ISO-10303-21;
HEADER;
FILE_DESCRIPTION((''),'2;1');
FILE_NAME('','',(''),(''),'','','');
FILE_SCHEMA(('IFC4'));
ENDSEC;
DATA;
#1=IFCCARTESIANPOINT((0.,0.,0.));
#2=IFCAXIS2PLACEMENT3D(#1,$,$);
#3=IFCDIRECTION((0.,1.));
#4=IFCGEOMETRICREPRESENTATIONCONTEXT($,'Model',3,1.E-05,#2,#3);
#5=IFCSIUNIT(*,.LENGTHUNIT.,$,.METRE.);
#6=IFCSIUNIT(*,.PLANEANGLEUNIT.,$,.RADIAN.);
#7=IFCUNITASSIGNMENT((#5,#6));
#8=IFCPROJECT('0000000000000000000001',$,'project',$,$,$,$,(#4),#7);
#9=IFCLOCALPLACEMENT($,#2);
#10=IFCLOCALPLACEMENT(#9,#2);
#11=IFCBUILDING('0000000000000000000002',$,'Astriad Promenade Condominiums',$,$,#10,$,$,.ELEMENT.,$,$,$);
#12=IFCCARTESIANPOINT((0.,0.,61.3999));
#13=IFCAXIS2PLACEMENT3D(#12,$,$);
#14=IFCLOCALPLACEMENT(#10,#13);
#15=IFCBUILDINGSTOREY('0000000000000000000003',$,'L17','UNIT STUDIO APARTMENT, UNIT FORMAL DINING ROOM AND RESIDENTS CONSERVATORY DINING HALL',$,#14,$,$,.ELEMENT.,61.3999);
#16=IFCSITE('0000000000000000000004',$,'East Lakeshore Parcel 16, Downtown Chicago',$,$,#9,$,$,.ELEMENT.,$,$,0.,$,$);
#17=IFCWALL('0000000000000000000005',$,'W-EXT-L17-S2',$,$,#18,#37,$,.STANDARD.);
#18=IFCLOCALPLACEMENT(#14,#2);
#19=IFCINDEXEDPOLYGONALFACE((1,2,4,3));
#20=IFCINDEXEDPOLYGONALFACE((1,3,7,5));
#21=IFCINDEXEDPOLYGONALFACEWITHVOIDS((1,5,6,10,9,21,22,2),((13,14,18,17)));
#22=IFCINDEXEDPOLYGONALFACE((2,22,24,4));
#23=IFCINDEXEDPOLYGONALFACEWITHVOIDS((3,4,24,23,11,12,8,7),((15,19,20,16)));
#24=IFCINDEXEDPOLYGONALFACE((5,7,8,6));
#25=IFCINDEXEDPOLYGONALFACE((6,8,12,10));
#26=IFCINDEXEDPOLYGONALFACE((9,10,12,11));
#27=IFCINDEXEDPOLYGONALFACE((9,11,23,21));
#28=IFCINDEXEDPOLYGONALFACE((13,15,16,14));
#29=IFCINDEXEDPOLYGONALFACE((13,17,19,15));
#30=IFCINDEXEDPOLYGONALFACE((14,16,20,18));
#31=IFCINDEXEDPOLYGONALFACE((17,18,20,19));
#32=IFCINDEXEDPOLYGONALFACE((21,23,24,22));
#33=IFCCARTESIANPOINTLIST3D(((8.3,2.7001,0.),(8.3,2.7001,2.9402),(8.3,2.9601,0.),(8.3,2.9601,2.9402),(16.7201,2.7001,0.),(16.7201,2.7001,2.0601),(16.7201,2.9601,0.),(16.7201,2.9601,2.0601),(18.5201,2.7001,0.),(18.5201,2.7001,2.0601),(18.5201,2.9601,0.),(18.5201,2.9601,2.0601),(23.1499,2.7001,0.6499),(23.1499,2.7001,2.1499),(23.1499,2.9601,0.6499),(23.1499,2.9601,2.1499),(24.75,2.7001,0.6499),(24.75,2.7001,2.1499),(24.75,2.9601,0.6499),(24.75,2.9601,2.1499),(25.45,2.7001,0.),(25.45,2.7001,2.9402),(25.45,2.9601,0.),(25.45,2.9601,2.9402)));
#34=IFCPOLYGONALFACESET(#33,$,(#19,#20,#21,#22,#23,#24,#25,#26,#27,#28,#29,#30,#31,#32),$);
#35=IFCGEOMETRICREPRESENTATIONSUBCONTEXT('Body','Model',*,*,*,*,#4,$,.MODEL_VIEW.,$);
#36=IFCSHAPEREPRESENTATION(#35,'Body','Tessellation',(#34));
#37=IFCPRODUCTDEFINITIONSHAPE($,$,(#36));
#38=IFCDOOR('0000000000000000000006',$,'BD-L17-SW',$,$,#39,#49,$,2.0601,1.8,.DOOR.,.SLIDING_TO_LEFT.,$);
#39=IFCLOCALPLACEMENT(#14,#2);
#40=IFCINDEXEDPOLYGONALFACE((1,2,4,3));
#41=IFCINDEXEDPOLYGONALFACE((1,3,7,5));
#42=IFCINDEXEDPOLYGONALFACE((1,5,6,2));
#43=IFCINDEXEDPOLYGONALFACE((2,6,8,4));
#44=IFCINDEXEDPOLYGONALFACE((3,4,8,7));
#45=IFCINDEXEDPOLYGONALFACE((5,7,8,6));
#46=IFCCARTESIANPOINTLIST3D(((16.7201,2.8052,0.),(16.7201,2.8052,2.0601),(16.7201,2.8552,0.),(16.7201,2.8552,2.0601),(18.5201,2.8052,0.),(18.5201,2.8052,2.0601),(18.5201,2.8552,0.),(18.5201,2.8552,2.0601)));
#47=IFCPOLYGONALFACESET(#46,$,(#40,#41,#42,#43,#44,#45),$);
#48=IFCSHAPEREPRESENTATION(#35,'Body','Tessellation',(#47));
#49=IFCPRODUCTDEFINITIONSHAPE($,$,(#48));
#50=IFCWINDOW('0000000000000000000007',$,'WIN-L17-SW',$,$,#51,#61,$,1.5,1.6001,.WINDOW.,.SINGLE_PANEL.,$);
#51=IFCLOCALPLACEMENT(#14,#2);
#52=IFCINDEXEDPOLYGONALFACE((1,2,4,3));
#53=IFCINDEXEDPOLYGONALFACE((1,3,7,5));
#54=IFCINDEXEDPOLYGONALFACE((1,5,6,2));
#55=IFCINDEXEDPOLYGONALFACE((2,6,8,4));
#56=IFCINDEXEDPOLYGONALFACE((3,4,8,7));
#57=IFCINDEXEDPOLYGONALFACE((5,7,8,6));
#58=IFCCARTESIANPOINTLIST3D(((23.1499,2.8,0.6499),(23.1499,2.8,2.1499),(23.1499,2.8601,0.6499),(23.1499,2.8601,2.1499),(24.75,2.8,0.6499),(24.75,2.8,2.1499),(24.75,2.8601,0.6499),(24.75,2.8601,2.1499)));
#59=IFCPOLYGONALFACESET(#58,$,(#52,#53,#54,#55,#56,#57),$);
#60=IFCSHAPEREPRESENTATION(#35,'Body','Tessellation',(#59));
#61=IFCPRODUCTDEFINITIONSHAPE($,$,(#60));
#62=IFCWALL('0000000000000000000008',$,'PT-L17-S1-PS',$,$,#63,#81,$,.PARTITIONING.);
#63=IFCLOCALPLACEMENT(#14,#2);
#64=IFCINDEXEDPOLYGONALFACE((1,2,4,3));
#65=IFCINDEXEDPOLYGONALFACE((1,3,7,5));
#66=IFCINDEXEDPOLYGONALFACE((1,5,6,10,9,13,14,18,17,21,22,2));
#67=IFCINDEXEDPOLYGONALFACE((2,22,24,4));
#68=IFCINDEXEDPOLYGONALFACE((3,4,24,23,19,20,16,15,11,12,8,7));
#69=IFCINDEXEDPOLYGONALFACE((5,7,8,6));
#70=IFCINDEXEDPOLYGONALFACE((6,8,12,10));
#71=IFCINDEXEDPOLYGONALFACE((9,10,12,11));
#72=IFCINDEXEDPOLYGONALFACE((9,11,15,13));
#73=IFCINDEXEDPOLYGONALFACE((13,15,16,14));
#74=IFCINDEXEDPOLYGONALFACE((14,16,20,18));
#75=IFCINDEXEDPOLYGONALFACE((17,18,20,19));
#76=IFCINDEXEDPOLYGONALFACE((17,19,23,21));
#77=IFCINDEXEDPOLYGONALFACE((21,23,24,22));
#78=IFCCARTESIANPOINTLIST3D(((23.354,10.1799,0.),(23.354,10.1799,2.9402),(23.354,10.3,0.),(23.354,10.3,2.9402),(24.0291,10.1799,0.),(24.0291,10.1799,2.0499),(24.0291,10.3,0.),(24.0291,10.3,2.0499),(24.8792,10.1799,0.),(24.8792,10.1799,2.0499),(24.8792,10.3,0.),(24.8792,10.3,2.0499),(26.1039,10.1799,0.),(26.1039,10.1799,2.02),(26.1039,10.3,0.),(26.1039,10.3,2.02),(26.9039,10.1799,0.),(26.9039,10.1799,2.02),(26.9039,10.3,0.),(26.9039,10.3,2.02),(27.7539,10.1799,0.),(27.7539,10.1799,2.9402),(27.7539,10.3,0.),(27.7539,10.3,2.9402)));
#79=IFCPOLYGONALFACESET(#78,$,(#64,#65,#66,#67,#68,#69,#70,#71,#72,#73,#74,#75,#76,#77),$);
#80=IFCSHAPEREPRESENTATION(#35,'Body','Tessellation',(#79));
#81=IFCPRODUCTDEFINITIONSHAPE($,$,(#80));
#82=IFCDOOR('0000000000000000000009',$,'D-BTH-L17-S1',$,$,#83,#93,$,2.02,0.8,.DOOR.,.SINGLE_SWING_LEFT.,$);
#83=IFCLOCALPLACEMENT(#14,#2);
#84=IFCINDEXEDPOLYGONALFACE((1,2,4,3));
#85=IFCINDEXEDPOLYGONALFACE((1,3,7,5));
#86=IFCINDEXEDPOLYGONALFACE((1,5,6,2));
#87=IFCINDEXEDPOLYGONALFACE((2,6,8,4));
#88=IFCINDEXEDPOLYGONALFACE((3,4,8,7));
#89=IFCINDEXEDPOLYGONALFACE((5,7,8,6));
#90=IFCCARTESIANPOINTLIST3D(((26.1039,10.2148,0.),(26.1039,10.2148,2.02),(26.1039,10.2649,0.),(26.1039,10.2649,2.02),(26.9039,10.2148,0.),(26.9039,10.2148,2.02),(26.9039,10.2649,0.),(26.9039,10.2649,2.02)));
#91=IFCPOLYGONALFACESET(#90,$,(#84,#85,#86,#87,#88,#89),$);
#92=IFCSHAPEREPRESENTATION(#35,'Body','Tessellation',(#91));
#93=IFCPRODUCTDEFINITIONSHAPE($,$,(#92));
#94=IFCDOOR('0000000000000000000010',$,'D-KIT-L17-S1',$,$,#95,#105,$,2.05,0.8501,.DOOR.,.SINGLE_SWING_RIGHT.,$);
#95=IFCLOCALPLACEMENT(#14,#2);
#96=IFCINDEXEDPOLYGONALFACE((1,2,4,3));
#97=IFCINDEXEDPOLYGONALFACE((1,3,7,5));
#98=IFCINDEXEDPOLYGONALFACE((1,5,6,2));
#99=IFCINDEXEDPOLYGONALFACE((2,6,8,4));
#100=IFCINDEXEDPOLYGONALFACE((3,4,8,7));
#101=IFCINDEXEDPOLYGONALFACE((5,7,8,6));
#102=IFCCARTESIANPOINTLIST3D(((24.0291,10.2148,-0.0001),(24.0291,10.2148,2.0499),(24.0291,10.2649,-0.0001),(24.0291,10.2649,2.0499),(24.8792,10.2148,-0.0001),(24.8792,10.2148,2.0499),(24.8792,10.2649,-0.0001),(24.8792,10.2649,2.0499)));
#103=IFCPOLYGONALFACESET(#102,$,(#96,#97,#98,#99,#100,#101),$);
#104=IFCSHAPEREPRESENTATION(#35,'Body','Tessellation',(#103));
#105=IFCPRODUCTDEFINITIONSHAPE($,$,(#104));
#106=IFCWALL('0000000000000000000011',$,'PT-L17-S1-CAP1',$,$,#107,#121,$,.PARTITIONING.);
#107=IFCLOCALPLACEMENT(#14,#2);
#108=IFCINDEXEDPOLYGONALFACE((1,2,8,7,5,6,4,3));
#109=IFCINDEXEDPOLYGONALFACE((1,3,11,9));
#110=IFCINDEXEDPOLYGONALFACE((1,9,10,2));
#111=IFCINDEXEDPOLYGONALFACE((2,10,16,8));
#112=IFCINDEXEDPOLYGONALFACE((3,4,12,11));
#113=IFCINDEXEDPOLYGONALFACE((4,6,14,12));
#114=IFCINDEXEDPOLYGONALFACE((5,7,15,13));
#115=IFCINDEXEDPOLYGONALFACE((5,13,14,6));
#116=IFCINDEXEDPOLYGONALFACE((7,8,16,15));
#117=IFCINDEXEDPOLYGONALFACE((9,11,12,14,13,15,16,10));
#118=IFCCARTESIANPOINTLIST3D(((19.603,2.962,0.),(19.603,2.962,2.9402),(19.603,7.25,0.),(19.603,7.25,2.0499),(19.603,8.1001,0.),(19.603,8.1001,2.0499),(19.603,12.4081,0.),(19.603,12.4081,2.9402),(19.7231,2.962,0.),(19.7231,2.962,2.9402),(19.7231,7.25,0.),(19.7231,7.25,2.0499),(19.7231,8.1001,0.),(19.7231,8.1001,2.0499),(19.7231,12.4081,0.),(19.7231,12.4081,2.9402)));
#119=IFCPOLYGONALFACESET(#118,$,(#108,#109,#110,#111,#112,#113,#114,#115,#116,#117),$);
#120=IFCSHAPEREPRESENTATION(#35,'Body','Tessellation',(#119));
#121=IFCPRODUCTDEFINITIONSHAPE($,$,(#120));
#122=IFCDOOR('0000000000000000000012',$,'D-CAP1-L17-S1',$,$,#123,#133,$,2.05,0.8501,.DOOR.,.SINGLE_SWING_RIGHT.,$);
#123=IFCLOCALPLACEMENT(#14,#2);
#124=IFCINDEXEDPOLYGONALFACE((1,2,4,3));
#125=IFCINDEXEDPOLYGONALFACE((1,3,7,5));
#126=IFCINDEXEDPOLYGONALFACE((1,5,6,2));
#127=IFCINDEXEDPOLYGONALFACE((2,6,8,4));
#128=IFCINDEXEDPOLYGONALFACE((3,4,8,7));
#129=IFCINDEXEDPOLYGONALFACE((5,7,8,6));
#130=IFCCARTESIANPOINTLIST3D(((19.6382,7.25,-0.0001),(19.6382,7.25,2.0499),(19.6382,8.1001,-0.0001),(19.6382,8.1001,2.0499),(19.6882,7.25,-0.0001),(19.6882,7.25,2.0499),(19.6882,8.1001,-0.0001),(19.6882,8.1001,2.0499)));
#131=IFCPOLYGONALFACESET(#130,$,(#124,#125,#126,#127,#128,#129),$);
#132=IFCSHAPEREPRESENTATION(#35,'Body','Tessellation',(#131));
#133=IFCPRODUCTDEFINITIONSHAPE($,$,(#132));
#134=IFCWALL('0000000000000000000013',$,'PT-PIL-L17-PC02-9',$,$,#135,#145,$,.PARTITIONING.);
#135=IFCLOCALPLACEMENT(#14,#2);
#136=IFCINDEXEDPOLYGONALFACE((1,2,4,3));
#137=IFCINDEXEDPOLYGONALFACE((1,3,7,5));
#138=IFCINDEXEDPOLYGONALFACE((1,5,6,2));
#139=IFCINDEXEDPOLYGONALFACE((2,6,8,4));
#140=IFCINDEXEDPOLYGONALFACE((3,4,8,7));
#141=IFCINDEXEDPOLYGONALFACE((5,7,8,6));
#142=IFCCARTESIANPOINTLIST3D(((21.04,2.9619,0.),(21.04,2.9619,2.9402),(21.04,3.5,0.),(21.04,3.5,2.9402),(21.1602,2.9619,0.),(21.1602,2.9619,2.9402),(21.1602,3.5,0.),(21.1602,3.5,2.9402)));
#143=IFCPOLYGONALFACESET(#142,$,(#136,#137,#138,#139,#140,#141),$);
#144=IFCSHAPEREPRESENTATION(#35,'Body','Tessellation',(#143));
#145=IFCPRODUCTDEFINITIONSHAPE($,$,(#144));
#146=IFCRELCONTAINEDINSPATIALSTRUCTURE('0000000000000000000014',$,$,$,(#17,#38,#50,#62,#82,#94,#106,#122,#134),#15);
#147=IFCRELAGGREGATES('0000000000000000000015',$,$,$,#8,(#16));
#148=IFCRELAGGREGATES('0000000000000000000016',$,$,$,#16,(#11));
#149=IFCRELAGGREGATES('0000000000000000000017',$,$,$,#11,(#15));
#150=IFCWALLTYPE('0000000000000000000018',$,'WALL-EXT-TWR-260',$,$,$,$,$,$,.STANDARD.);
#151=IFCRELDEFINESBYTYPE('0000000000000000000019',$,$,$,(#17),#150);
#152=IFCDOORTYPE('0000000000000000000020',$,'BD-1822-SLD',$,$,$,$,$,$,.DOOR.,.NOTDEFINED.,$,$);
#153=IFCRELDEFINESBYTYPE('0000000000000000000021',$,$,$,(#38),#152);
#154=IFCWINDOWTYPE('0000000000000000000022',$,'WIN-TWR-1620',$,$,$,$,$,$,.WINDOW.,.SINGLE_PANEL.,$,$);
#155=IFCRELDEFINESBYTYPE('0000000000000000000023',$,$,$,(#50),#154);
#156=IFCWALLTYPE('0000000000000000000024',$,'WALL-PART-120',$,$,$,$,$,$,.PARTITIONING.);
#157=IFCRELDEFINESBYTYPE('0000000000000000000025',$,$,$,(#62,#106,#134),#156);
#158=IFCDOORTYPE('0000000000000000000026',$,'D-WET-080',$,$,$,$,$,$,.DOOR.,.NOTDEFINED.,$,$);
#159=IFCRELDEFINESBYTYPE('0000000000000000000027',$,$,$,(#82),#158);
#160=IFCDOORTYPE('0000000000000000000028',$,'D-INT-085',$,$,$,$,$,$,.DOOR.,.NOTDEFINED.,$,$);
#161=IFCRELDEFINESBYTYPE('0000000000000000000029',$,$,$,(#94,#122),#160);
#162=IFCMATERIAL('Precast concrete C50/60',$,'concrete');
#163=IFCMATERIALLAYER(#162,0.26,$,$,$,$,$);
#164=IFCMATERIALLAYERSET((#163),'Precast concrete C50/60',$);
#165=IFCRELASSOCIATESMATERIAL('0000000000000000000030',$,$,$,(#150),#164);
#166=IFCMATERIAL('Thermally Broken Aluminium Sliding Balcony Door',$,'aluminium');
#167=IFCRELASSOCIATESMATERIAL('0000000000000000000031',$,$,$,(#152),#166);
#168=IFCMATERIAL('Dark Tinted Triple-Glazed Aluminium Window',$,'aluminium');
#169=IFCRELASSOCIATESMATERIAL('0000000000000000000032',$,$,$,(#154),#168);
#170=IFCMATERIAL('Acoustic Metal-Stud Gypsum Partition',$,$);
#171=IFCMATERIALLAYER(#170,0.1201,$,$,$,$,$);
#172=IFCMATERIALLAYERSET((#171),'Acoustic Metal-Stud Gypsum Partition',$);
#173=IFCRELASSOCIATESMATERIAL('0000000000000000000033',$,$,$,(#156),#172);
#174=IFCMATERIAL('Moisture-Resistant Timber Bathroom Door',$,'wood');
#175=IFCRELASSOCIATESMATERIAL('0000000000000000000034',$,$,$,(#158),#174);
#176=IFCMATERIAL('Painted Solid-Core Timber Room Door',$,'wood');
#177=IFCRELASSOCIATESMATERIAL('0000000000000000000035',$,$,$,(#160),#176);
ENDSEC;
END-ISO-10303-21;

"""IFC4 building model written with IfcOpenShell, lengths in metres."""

from ifc_helpers import new_model, si_unit, direction, frame, frame_2d, origin, place, context, subcontext, project, spatial, rectangle, extrude, source, transform, mapped, material, layer, layer_set, type_object, type_shapes, element, fill, save


model = new_model("IFC4")

# Units and contexts
model_context = context("Model", 3, precision=1e-05, world=origin(), true_north=direction((0.0, 1.0)))
body_context = subcontext(model_context, "Body", "Model", "MODEL_VIEW")
ifc_project = project(units=[si_unit("LENGTHUNIT", "METRE"), si_unit("PLANEANGLEUNIT", "RADIAN")], contexts=[model_context])

# Site, building, storey
site_placement = place(None, origin())
site = spatial("IfcSite", under=ifc_project, at=site_placement, Name="East Lakeshore Parcel 16, Downtown Chicago", CompositionType="ELEMENT", RefElevation=0.0)
building_placement = place(site_placement, origin())
building = spatial("IfcBuilding", under=site, at=building_placement, Name="Astriad Promenade Condominiums", CompositionType="ELEMENT")
storey_placement = place(building_placement, frame((0.0, 0.0, 61.3999)))
storey = spatial("IfcBuildingStorey", under=building, at=storey_placement, Name="L17", Description="UNIT STUDIO APARTMENT, UNIT FORMAL DINING ROOM AND RESIDENTS CONSERVATORY DINING HALL", CompositionType="ELEMENT", Elevation=61.3999)

# Wall, openings, door, window
ifc_material_1 = material(Name="Precast concrete C50/60", Category="concrete")
ifc_layer_1 = layer(ifc_material_1, 0.26)
ifc_layer_set_1 = layer_set([ifc_layer_1], Name="Precast concrete C50/60")
wall_type_1 = type_object("IfcWallType", Name="WALL-EXT-TWR-260", PredefinedType="STANDARD", material=ifc_layer_set_1)
wall_1_placement = place(storey_placement, frame((25.45, 2.8301, 0.0), z_axis=(0.0, 0.0, 1.0), x_axis=(-1.0, 0.0, 0.0)))
wall_1 = element("IfcWall", 1, at=wall_1_placement, inside=storey, type_object=wall_type_1, Name="W-EXT-L17-S2", PredefinedType="STANDARD", context=body_context, shape_type="SweptSolid", body=[
    extrude(rectangle(XDim=17.1499, YDim=0.26, at=frame_2d((8.575, 0.0))), origin(), (0.0, 0.0, 1.0), 2.9402),
])
opening_1_placement = place(wall_1_placement, frame((6.9299, 0.0, 0.0)))
opening_1 = element("IfcOpeningElement", 2, at=opening_1_placement, cuts=wall_1, PredefinedType="OPENING", context=body_context, shape_type="SweptSolid", body=[
    extrude(rectangle(XDim=1.8, YDim=2.0601, at=frame_2d((0.8999, 1.03))), frame((0.0, 0.1399, 0.0), z_axis=(0.0, -1.0, 0.0), x_axis=(1.0, 0.0, 0.0)), (0.0, 0.0, 1.0), 0.28),
])
opening_2_placement = place(wall_1_placement, frame((0.7, 0.0, 0.6499)))
opening_2 = element("IfcOpeningElement", 3, at=opening_2_placement, cuts=wall_1, PredefinedType="OPENING", context=body_context, shape_type="SweptSolid", body=[
    extrude(rectangle(XDim=1.6001, YDim=1.5, at=frame_2d((0.8, 0.75))), frame((0.0, 0.1399, 0.0), z_axis=(0.0, -1.0, 0.0), x_axis=(1.0, 0.0, 0.0)), (0.0, 0.0, 1.0), 0.28),
])
ifc_material_2 = material(Name="Thermally Broken Aluminium Sliding Balcony Door", Category="aluminium")
door_type_1 = type_object("IfcDoorType", Name="BD-1822-SLD", OperationType="NOTDEFINED", PredefinedType="DOOR", material=ifc_material_2)
shared_shape_1 = source(origin(), body_context, "Body", "SweptSolid", [
    extrude(rectangle(XDim=1.8, YDim=2.0601, at=frame_2d((0.8999, 1.03))), frame((0.0, 0.0249, 0.0), z_axis=(0.0, -1.0, 0.0), x_axis=(1.0, 0.0, 0.0)), (0.0, 0.0, 1.0), 0.05),
])
type_shapes(door_type_1, [shared_shape_1])
door_1_placement = place(opening_1_placement, origin())
door_1 = element("IfcDoor", 4, at=door_1_placement, inside=storey, type_object=door_type_1, Name="BD-L17-SW", OperationType="SLIDING_TO_LEFT", OverallHeight=2.0601, OverallWidth=1.8, PredefinedType="DOOR", context=body_context, shape_type="MappedRepresentation", body=[
    mapped(shared_shape_1, transform((0.0, 0.0, 0.0), scale=1.0)),
])
fill(opening_1, door_1)
ifc_material_3 = material(Name="Dark Tinted Triple-Glazed Aluminium Window", Category="aluminium")
window_type = type_object("IfcWindowType", Name="WIN-TWR-1620", PartitioningType="SINGLE_PANEL", PredefinedType="WINDOW", material=ifc_material_3)
shared_shape_2 = source(origin(), body_context, "Body", "SweptSolid", [
    extrude(rectangle(XDim=1.6001, YDim=1.5, at=frame_2d((0.8, 0.75))), frame((0.0, 0.03, 0.0), z_axis=(0.0, -1.0, 0.0), x_axis=(1.0, 0.0, 0.0)), (0.0, 0.0, 1.0), 0.0601),
])
type_shapes(window_type, [shared_shape_2])
window_placement = place(opening_2_placement, origin())
window = element("IfcWindow", 5, at=window_placement, inside=storey, type_object=window_type, Name="WIN-L17-SW", OverallHeight=1.5, OverallWidth=1.6001, PartitioningType="SINGLE_PANEL", PredefinedType="WINDOW", context=body_context, shape_type="MappedRepresentation", body=[
    mapped(shared_shape_2, transform((0.0, 0.0, 0.0), scale=1.0)),
])
fill(opening_2, window)

# Wall, openings, doors
ifc_material_4 = material(Name="Acoustic Metal-Stud Gypsum Partition")
ifc_layer_2 = layer(ifc_material_4, 0.1201)
ifc_layer_set_2 = layer_set([ifc_layer_2], Name="Acoustic Metal-Stud Gypsum Partition")
wall_type_2 = type_object("IfcWallType", Name="WALL-PART-120", PredefinedType="PARTITIONING", material=ifc_layer_set_2)
wall_2_placement = place(storey_placement, frame((23.354, 10.24, 0.0), z_axis=(0.0, 0.0, 1.0), x_axis=(1.0, 0.0, 0.0)))
wall_2 = element("IfcWall", 6, at=wall_2_placement, inside=storey, type_object=wall_type_2, Name="PT-L17-S1-PS", PredefinedType="PARTITIONING", context=body_context, shape_type="SweptSolid", body=[
    extrude(rectangle(XDim=4.3999, YDim=0.1201, at=frame_2d((2.2, 0.0))), origin(), (0.0, 0.0, 1.0), 2.9402),
])
opening_3_placement = place(wall_2_placement, frame((0.675, 0.0, 0.0)))
opening_3 = element("IfcOpeningElement", 7, at=opening_3_placement, cuts=wall_2, PredefinedType="OPENING", context=body_context, shape_type="SweptSolid", body=[
    extrude(rectangle(XDim=0.8501, YDim=2.05, at=frame_2d((0.425, 1.0249))), frame((0.0, 0.0701, 0.0), z_axis=(0.0, -1.0, 0.0), x_axis=(1.0, 0.0, 0.0)), (0.0, 0.0, 1.0), 0.1401),
])
opening_4_placement = place(wall_2_placement, frame((2.75, 0.0, 0.0)))
opening_4 = element("IfcOpeningElement", 8, at=opening_4_placement, cuts=wall_2, PredefinedType="OPENING", context=body_context, shape_type="SweptSolid", body=[
    extrude(rectangle(XDim=0.8, YDim=2.02, at=frame_2d((0.3999, 1.01))), frame((0.0, 0.0701, 0.0), z_axis=(0.0, -1.0, 0.0), x_axis=(1.0, 0.0, 0.0)), (0.0, 0.0, 1.0), 0.1401),
])
ifc_material_5 = material(Name="Moisture-Resistant Timber Bathroom Door", Category="wood")
door_type_2 = type_object("IfcDoorType", Name="D-WET-080", OperationType="NOTDEFINED", PredefinedType="DOOR", material=ifc_material_5)
shared_shape_3 = source(origin(), body_context, "Body", "SweptSolid", [
    extrude(rectangle(XDim=0.8, YDim=2.02, at=frame_2d((0.3999, 1.01))), frame((0.0, 0.0249, 0.0), z_axis=(0.0, -1.0, 0.0), x_axis=(1.0, 0.0, 0.0)), (0.0, 0.0, 1.0), 0.05),
])
type_shapes(door_type_2, [shared_shape_3])
door_2_placement = place(opening_4_placement, origin())
door_2 = element("IfcDoor", 9, at=door_2_placement, inside=storey, type_object=door_type_2, Name="D-BTH-L17-S1", OperationType="SINGLE_SWING_LEFT", OverallHeight=2.02, OverallWidth=0.8, PredefinedType="DOOR", context=body_context, shape_type="MappedRepresentation", body=[
    mapped(shared_shape_3, transform((0.0, 0.0, 0.0), scale=1.0)),
])
fill(opening_4, door_2)
ifc_material_6 = material(Name="Painted Solid-Core Timber Room Door", Category="wood")
door_type_3 = type_object("IfcDoorType", Name="D-INT-085", OperationType="NOTDEFINED", PredefinedType="DOOR", material=ifc_material_6)
shared_shape_4 = source(origin(), body_context, "Body", "SweptSolid", [
    extrude(rectangle(XDim=0.8501, YDim=2.05, at=frame_2d((0.425, 1.0249))), frame((0.0, 0.0249, 0.0), z_axis=(0.0, -1.0, 0.0), x_axis=(1.0, 0.0, 0.0)), (0.0, 0.0, 1.0), 0.05),
])
type_shapes(door_type_3, [shared_shape_4])
door_3_placement = place(opening_3_placement, origin())
door_3 = element("IfcDoor", 10, at=door_3_placement, inside=storey, type_object=door_type_3, Name="D-KIT-L17-S1", OperationType="SINGLE_SWING_RIGHT", OverallHeight=2.05, OverallWidth=0.8501, PredefinedType="DOOR", context=body_context, shape_type="MappedRepresentation", body=[
    mapped(shared_shape_4, transform((0.0, 0.0, 0.0), scale=1.0)),
])
fill(opening_3, door_3)

# Wall, opening, door
wall_3_placement = place(storey_placement, frame((19.6631, 2.9619, 0.0), z_axis=(0.0, 0.0, 1.0), x_axis=(0.0, 1.0, 0.0)))
wall_3 = element("IfcWall", 11, at=wall_3_placement, inside=storey, type_object=wall_type_2, Name="PT-L17-S1-CAP1", PredefinedType="PARTITIONING", context=body_context, shape_type="SweptSolid", body=[
    extrude(rectangle(XDim=9.446, YDim=0.1201, at=frame_2d((4.7231, 0.0))), origin(), (0.0, 0.0, 1.0), 2.9402),
])
opening_5_placement = place(wall_3_placement, frame((4.2881, 0.0, 0.0)))
opening_5 = element("IfcOpeningElement", 12, at=opening_5_placement, cuts=wall_3, PredefinedType="OPENING", context=body_context, shape_type="SweptSolid", body=[
    extrude(rectangle(XDim=0.8501, YDim=2.05, at=frame_2d((0.425, 1.0249))), frame((0.0, 0.0701, 0.0), z_axis=(0.0, -1.0, 0.0), x_axis=(1.0, 0.0, 0.0)), (0.0, 0.0, 1.0), 0.1401),
])
door_4_placement = place(opening_5_placement, origin())
door_4 = element("IfcDoor", 13, at=door_4_placement, inside=storey, type_object=door_type_3, Name="D-CAP1-L17-S1", OperationType="SINGLE_SWING_RIGHT", OverallHeight=2.05, OverallWidth=0.8501, PredefinedType="DOOR", context=body_context, shape_type="MappedRepresentation", body=[
    mapped(shared_shape_4, transform((0.0, 0.0, 0.0), scale=1.0)),
])
fill(opening_5, door_4)

# Wall
wall_4_placement = place(storey_placement, frame((21.1001, 3.5, 0.0), z_axis=(0.0, 0.0, 1.0), x_axis=(0.0, -1.0, 0.0)))
element("IfcWall", 14, at=wall_4_placement, inside=storey, type_object=wall_type_2, Name="PT-PIL-L17-PC02-9", PredefinedType="PARTITIONING", context=body_context, shape_type="SweptSolid", body=[
    extrude(rectangle(XDim=0.5381, YDim=0.1201, at=frame_2d((0.269, 0.0))), origin(), (0.0, 0.0, 1.0), 2.9402),
])

save(model, "model.ifc")
